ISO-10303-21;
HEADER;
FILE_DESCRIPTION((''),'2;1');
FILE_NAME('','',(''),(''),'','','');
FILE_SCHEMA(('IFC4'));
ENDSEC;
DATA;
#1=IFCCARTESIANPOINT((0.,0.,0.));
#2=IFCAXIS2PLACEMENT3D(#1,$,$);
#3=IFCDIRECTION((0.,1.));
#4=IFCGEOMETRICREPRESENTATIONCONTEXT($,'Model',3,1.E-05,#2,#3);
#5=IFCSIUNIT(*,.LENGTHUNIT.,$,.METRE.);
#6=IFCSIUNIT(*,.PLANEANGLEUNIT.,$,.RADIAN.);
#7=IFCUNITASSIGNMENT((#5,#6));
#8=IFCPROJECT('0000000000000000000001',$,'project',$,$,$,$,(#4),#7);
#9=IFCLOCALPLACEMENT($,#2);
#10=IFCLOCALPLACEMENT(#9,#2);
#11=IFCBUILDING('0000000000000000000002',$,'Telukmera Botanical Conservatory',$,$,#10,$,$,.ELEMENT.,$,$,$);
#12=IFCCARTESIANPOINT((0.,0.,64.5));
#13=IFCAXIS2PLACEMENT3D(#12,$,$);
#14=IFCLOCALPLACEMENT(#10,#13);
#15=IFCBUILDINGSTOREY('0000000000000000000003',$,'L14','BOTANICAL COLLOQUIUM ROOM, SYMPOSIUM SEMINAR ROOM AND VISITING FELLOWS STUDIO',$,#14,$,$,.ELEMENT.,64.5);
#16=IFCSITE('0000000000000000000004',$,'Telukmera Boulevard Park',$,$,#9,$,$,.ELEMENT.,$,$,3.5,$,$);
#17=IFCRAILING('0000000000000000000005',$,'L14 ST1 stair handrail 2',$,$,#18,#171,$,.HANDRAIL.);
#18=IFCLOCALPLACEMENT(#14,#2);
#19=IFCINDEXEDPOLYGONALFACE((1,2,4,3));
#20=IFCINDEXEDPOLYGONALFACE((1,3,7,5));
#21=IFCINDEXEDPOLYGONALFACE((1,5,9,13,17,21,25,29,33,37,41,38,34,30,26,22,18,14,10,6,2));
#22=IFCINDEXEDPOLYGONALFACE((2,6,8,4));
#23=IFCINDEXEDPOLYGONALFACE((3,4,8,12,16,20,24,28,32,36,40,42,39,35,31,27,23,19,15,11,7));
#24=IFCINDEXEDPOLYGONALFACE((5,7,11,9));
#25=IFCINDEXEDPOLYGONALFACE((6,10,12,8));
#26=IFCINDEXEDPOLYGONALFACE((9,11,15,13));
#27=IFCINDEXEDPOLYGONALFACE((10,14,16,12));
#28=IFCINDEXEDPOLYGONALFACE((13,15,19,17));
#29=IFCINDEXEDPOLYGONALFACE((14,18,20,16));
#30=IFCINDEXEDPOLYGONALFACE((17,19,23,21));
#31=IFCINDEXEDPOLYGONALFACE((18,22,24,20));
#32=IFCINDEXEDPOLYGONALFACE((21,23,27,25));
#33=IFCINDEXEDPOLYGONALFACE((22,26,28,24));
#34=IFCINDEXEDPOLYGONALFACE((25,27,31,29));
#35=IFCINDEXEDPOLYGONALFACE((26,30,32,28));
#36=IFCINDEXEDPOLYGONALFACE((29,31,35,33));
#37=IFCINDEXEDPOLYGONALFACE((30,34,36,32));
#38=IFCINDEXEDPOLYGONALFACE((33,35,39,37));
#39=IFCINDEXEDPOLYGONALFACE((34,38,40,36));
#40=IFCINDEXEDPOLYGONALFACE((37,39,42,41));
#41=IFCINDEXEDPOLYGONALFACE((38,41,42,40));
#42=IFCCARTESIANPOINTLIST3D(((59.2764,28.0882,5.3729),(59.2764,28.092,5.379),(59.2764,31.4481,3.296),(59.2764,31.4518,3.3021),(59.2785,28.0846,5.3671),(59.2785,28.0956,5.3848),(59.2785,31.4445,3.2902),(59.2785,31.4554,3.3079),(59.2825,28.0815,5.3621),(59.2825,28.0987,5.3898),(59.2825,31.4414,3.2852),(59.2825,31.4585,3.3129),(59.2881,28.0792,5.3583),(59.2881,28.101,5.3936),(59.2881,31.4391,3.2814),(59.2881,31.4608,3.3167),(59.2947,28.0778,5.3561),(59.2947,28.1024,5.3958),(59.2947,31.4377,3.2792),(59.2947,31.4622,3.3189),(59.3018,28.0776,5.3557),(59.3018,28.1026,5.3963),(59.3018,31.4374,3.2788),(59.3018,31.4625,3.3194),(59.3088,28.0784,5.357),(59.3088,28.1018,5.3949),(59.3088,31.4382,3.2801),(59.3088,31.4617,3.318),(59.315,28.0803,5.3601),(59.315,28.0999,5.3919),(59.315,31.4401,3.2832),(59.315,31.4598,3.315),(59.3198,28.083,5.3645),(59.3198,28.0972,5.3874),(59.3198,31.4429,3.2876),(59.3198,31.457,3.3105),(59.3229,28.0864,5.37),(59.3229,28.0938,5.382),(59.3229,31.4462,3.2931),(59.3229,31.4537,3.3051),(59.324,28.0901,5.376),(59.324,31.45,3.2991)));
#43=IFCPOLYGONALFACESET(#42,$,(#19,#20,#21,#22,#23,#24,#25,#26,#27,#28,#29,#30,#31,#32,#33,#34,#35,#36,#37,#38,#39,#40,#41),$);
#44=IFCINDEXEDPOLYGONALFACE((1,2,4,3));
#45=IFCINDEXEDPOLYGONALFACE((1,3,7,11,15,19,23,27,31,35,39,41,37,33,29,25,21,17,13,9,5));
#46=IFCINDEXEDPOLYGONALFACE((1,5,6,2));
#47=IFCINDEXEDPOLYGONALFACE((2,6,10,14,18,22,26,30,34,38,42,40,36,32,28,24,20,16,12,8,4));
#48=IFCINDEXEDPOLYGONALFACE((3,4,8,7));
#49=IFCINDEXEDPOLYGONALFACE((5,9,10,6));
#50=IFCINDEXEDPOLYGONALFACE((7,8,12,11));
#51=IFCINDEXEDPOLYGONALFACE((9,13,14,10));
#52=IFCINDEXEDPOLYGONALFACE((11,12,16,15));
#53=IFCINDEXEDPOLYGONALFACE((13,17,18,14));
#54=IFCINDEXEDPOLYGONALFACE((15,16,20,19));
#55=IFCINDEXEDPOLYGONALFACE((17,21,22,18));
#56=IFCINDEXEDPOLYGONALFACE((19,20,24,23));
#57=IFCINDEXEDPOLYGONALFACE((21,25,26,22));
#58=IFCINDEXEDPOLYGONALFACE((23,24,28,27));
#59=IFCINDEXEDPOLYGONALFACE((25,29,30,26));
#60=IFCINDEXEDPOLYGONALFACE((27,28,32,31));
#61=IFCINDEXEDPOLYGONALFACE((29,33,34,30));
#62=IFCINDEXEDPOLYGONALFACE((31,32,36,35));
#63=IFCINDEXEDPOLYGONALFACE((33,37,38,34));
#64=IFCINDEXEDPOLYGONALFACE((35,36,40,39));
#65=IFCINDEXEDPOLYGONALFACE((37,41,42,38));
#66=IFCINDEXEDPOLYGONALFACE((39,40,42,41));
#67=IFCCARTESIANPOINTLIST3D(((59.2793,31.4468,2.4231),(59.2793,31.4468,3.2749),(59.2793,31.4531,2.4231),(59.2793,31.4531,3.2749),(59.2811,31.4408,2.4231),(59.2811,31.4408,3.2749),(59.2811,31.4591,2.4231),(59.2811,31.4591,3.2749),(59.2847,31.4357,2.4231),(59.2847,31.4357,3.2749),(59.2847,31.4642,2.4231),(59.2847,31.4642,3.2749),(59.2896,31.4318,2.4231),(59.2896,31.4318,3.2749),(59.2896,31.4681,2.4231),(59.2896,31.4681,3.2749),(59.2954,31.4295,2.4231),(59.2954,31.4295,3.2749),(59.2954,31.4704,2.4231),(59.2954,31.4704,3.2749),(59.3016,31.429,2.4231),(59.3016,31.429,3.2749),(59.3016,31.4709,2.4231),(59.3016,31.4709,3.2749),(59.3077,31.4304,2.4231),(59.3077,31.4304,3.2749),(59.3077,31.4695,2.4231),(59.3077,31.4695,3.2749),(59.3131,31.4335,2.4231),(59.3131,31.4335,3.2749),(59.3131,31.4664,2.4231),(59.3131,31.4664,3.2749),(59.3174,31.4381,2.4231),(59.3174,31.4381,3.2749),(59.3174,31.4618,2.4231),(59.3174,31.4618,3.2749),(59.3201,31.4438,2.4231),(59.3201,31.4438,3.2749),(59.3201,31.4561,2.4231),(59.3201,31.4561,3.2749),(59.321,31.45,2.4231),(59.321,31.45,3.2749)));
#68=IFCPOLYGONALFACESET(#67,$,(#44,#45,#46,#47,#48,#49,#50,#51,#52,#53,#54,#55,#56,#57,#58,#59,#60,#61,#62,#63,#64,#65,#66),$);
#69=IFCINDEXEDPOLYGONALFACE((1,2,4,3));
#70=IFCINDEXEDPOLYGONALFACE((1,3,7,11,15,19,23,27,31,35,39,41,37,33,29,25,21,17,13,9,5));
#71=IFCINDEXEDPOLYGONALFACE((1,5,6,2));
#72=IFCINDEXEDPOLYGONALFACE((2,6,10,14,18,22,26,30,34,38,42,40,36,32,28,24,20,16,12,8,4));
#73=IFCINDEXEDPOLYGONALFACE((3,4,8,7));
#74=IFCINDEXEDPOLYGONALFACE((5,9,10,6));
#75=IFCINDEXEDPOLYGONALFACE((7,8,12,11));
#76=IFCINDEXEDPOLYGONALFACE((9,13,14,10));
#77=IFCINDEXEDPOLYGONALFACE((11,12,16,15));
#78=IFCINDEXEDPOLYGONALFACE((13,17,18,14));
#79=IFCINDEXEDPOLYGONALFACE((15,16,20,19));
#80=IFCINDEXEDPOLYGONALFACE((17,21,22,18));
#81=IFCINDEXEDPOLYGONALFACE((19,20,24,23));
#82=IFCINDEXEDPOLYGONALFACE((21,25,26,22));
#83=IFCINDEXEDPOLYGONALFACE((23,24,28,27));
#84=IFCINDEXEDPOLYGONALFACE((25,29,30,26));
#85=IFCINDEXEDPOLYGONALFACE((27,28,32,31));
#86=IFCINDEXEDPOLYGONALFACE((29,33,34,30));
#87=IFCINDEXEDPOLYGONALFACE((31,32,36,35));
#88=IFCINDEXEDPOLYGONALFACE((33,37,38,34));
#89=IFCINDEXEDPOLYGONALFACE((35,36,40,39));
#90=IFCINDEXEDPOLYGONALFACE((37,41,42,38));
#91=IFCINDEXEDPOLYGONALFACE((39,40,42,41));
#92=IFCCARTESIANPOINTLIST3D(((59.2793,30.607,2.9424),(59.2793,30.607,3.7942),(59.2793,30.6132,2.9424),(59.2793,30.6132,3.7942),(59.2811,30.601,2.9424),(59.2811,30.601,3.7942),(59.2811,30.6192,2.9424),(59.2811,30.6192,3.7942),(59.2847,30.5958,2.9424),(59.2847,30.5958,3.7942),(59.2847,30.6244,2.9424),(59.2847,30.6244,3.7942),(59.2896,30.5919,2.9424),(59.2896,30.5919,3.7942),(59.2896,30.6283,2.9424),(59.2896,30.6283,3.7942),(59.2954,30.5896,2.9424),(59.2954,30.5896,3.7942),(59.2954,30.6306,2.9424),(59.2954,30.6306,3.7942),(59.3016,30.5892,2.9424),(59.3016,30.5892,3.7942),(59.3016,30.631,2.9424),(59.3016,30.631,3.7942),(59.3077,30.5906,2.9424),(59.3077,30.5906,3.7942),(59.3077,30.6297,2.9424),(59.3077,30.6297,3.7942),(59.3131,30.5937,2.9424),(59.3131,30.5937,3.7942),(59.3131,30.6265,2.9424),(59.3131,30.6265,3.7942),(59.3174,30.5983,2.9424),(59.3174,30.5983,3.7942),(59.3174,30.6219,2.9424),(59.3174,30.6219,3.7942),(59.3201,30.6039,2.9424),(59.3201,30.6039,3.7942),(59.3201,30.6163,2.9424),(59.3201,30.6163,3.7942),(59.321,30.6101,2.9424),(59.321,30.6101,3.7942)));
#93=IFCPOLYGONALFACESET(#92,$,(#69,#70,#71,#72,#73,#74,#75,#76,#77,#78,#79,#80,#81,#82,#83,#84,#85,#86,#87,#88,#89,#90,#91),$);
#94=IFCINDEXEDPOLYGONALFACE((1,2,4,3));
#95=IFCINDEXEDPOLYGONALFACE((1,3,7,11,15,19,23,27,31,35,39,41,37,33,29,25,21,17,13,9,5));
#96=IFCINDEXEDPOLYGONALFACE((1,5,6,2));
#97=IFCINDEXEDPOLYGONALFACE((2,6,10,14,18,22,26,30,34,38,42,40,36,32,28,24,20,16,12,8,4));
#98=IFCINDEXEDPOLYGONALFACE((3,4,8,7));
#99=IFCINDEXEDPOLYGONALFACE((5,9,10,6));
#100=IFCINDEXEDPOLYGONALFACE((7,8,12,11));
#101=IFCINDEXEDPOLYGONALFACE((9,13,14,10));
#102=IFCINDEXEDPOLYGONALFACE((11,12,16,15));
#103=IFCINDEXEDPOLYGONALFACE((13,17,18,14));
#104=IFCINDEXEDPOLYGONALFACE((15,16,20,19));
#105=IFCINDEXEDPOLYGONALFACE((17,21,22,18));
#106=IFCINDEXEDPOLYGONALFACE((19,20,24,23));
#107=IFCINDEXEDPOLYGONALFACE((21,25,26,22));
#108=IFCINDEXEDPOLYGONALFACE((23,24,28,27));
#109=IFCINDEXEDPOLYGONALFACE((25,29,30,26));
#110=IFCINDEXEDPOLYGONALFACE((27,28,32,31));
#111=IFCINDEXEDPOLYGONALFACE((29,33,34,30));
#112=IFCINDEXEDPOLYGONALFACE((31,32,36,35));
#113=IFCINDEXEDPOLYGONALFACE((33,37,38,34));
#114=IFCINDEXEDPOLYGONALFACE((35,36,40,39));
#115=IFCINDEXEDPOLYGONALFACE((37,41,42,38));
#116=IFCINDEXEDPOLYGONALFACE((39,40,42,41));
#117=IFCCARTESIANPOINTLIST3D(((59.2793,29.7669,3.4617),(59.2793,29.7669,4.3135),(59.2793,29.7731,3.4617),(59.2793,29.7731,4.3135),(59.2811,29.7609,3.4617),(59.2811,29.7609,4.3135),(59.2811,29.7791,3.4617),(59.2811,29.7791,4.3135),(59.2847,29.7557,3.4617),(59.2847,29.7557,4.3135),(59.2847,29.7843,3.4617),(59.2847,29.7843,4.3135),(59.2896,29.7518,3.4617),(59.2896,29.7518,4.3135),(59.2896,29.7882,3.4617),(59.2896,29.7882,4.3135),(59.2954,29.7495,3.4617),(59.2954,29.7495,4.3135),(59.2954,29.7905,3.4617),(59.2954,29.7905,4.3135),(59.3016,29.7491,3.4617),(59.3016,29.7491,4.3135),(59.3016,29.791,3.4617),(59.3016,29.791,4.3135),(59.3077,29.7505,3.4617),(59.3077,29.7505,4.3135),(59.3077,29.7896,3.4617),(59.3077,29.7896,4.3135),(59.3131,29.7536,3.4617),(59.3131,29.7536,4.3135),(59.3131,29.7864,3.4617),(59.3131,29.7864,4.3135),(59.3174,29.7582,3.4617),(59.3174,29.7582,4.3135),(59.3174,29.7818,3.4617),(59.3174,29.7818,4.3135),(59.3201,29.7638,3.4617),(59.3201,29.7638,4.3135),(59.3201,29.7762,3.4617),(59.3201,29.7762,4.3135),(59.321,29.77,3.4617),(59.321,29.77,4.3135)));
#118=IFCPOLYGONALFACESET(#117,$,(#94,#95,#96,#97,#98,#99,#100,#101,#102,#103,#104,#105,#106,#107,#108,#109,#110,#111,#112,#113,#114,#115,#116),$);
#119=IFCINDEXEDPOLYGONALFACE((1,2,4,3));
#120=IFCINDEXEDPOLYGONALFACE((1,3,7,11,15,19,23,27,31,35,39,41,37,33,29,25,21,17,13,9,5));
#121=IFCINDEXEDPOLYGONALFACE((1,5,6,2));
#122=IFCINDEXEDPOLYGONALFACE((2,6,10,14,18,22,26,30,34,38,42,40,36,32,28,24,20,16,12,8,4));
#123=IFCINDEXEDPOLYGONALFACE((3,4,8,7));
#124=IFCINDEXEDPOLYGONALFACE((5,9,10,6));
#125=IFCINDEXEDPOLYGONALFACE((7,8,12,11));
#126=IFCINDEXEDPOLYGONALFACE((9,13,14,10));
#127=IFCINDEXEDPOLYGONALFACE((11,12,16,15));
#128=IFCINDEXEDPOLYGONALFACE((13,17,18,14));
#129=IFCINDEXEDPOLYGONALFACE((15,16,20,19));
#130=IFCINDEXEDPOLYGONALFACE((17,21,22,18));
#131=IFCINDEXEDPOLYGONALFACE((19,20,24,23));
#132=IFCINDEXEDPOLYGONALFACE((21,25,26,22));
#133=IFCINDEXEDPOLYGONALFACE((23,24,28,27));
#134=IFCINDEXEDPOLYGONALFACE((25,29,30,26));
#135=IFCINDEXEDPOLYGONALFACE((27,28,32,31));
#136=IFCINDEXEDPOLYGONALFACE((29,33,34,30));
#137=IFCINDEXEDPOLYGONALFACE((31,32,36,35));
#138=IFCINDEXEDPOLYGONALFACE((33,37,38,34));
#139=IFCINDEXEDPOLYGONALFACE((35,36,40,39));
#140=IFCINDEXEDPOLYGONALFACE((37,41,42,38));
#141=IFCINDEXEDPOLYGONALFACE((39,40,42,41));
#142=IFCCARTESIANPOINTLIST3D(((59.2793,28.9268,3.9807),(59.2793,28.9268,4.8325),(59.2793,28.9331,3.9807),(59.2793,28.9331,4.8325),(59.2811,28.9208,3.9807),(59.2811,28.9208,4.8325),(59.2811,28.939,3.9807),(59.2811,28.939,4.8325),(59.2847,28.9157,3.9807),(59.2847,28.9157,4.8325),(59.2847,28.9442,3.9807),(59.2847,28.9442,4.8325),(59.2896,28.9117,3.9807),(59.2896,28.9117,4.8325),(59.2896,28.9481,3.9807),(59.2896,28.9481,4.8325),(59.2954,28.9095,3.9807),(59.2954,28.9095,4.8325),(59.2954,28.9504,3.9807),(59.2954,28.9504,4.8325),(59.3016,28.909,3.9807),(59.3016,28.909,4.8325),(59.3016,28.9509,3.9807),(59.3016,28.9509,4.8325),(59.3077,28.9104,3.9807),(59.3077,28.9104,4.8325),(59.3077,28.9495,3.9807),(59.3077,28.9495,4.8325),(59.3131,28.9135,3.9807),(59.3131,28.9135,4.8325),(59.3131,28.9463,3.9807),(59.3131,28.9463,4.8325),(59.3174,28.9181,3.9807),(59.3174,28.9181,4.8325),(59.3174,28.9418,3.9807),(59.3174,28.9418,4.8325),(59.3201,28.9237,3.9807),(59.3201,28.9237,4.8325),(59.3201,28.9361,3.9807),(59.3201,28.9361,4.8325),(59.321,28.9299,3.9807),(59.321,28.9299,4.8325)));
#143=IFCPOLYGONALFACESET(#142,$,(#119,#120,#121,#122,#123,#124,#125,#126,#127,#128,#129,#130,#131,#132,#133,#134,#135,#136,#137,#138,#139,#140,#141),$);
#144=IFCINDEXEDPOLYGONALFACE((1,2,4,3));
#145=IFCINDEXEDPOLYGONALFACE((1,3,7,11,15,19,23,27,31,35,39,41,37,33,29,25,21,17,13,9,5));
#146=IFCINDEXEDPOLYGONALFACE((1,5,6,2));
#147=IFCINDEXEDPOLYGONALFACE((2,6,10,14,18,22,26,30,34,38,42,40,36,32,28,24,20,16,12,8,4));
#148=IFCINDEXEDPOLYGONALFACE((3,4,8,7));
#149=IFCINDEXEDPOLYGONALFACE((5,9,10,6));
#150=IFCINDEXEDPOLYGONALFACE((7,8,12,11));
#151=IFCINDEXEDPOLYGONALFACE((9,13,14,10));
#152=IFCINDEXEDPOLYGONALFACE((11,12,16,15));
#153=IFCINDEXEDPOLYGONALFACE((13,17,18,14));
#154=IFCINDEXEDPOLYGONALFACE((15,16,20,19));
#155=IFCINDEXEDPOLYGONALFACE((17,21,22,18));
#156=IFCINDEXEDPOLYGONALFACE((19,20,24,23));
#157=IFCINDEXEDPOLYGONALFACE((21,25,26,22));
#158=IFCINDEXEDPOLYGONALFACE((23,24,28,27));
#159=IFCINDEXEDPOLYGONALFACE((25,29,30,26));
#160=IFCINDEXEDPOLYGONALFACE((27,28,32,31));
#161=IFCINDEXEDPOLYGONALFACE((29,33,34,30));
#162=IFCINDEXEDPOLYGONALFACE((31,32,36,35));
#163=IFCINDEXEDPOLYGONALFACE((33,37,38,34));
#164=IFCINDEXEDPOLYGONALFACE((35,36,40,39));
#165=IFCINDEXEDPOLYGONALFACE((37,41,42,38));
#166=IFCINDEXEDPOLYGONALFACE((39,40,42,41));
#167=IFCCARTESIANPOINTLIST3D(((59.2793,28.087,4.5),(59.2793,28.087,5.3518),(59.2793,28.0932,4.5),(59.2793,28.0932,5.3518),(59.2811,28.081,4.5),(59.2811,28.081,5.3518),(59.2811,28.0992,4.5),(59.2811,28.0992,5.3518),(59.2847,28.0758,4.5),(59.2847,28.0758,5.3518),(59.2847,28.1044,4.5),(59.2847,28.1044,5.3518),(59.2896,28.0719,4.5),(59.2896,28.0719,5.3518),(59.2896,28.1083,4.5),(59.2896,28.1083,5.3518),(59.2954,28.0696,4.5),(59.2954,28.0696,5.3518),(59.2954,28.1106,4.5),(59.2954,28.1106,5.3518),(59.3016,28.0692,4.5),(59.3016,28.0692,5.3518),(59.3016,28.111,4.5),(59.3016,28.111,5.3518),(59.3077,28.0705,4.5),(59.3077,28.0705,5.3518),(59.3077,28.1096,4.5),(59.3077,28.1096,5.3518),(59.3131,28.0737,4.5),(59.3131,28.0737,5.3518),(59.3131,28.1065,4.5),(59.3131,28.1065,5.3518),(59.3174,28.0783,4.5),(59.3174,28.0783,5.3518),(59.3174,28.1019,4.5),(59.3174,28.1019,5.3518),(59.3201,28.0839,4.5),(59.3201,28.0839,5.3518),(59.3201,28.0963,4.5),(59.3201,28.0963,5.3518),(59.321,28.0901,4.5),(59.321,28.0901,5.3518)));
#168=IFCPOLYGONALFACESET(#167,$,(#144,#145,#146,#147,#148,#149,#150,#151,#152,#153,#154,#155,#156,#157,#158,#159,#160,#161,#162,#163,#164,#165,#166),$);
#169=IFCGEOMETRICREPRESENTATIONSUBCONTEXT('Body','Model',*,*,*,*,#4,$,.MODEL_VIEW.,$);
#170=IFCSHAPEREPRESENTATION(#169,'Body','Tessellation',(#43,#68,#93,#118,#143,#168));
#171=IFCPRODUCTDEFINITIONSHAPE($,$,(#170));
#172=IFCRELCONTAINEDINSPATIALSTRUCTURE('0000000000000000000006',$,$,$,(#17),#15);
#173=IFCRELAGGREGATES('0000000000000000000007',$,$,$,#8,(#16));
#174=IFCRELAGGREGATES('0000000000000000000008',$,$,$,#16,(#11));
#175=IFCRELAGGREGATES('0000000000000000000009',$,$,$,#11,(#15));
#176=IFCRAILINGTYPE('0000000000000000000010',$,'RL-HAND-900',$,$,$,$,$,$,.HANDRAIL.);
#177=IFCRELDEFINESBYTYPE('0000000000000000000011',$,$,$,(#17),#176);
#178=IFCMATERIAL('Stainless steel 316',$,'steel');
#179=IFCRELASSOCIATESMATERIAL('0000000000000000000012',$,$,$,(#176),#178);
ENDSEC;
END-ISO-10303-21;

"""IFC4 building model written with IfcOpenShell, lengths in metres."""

from ifc_helpers import new_model, si_unit, direction, frame, origin, origin_2d, place, context, subcontext, project, spatial, circle, extrude, material, type_object, element, save


model = new_model("IFC4")

# Units and contexts
model_context = context("Model", 3, precision=1e-05, world=origin(), true_north=direction((0.0, 1.0)))
body_context = subcontext(model_context, "Body", "Model", "MODEL_VIEW")
ifc_project = project(units=[si_unit("LENGTHUNIT", "METRE"), si_unit("PLANEANGLEUNIT", "RADIAN")], contexts=[model_context])

# Site, building, storey
site_placement = place(None, origin())
site = spatial("IfcSite", under=ifc_project, at=site_placement, Name="Telukmera Boulevard Park", CompositionType="ELEMENT", RefElevation=3.5)
building_placement = place(site_placement, origin())
building = spatial("IfcBuilding", under=site, at=building_placement, Name="Telukmera Botanical Conservatory", CompositionType="ELEMENT")
storey_placement = place(building_placement, frame((0.0, 0.0, 64.5)))
storey = spatial("IfcBuildingStorey", under=building, at=storey_placement, Name="L14", Description="BOTANICAL COLLOQUIUM ROOM, SYMPOSIUM SEMINAR ROOM AND VISITING FELLOWS STUDIO", CompositionType="ELEMENT", Elevation=64.5)

# Railing
ifc_material_1 = material(Name="Stainless steel 316", Category="steel")
railing_type_1 = type_object("IfcRailingType", Name="RL-HAND-900", PredefinedType="HANDRAIL", material=ifc_material_1)
railing_1_placement = place(storey_placement, frame((59.3, 31.45, 2.4231)))
element("IfcRailing", 1, at=railing_1_placement, inside=storey, type_object=railing_type_1, Name="L14 ST1 stair handrail 2", PredefinedType="HANDRAIL", context=body_context, shape_type="SweptSolid", body=[
    extrude(circle(Radius=0.0239, at=origin_2d()), frame((0.0, 0.0, 0.876), z_axis=(0.0, -0.850606, 0.525803), x_axis=(1.0, 0.0, 0.0)), (0.0, 0.0, 1.0), 3.95),
    extrude(circle(Radius=0.021, at=origin_2d()), origin(), (0.0, 0.0, 1.0), 0.8518),
    extrude(circle(Radius=0.021, at=origin_2d()), frame((0.0, -0.8398, 0.5193)), (0.0, 0.0, 1.0), 0.8518),
    extrude(circle(Radius=0.021, at=origin_2d()), frame((0.0, -1.6799, 1.0386)), (0.0, 0.0, 1.0), 0.8518),
    extrude(circle(Radius=0.021, at=origin_2d()), frame((0.0, -2.52, 1.5576)), (0.0, 0.0, 1.0), 0.8518),
    extrude(circle(Radius=0.021, at=origin_2d()), frame((0.0, -3.3599, 2.0769)), (0.0, 0.0, 1.0), 0.8518),
])

save(model, "model.ifc")
